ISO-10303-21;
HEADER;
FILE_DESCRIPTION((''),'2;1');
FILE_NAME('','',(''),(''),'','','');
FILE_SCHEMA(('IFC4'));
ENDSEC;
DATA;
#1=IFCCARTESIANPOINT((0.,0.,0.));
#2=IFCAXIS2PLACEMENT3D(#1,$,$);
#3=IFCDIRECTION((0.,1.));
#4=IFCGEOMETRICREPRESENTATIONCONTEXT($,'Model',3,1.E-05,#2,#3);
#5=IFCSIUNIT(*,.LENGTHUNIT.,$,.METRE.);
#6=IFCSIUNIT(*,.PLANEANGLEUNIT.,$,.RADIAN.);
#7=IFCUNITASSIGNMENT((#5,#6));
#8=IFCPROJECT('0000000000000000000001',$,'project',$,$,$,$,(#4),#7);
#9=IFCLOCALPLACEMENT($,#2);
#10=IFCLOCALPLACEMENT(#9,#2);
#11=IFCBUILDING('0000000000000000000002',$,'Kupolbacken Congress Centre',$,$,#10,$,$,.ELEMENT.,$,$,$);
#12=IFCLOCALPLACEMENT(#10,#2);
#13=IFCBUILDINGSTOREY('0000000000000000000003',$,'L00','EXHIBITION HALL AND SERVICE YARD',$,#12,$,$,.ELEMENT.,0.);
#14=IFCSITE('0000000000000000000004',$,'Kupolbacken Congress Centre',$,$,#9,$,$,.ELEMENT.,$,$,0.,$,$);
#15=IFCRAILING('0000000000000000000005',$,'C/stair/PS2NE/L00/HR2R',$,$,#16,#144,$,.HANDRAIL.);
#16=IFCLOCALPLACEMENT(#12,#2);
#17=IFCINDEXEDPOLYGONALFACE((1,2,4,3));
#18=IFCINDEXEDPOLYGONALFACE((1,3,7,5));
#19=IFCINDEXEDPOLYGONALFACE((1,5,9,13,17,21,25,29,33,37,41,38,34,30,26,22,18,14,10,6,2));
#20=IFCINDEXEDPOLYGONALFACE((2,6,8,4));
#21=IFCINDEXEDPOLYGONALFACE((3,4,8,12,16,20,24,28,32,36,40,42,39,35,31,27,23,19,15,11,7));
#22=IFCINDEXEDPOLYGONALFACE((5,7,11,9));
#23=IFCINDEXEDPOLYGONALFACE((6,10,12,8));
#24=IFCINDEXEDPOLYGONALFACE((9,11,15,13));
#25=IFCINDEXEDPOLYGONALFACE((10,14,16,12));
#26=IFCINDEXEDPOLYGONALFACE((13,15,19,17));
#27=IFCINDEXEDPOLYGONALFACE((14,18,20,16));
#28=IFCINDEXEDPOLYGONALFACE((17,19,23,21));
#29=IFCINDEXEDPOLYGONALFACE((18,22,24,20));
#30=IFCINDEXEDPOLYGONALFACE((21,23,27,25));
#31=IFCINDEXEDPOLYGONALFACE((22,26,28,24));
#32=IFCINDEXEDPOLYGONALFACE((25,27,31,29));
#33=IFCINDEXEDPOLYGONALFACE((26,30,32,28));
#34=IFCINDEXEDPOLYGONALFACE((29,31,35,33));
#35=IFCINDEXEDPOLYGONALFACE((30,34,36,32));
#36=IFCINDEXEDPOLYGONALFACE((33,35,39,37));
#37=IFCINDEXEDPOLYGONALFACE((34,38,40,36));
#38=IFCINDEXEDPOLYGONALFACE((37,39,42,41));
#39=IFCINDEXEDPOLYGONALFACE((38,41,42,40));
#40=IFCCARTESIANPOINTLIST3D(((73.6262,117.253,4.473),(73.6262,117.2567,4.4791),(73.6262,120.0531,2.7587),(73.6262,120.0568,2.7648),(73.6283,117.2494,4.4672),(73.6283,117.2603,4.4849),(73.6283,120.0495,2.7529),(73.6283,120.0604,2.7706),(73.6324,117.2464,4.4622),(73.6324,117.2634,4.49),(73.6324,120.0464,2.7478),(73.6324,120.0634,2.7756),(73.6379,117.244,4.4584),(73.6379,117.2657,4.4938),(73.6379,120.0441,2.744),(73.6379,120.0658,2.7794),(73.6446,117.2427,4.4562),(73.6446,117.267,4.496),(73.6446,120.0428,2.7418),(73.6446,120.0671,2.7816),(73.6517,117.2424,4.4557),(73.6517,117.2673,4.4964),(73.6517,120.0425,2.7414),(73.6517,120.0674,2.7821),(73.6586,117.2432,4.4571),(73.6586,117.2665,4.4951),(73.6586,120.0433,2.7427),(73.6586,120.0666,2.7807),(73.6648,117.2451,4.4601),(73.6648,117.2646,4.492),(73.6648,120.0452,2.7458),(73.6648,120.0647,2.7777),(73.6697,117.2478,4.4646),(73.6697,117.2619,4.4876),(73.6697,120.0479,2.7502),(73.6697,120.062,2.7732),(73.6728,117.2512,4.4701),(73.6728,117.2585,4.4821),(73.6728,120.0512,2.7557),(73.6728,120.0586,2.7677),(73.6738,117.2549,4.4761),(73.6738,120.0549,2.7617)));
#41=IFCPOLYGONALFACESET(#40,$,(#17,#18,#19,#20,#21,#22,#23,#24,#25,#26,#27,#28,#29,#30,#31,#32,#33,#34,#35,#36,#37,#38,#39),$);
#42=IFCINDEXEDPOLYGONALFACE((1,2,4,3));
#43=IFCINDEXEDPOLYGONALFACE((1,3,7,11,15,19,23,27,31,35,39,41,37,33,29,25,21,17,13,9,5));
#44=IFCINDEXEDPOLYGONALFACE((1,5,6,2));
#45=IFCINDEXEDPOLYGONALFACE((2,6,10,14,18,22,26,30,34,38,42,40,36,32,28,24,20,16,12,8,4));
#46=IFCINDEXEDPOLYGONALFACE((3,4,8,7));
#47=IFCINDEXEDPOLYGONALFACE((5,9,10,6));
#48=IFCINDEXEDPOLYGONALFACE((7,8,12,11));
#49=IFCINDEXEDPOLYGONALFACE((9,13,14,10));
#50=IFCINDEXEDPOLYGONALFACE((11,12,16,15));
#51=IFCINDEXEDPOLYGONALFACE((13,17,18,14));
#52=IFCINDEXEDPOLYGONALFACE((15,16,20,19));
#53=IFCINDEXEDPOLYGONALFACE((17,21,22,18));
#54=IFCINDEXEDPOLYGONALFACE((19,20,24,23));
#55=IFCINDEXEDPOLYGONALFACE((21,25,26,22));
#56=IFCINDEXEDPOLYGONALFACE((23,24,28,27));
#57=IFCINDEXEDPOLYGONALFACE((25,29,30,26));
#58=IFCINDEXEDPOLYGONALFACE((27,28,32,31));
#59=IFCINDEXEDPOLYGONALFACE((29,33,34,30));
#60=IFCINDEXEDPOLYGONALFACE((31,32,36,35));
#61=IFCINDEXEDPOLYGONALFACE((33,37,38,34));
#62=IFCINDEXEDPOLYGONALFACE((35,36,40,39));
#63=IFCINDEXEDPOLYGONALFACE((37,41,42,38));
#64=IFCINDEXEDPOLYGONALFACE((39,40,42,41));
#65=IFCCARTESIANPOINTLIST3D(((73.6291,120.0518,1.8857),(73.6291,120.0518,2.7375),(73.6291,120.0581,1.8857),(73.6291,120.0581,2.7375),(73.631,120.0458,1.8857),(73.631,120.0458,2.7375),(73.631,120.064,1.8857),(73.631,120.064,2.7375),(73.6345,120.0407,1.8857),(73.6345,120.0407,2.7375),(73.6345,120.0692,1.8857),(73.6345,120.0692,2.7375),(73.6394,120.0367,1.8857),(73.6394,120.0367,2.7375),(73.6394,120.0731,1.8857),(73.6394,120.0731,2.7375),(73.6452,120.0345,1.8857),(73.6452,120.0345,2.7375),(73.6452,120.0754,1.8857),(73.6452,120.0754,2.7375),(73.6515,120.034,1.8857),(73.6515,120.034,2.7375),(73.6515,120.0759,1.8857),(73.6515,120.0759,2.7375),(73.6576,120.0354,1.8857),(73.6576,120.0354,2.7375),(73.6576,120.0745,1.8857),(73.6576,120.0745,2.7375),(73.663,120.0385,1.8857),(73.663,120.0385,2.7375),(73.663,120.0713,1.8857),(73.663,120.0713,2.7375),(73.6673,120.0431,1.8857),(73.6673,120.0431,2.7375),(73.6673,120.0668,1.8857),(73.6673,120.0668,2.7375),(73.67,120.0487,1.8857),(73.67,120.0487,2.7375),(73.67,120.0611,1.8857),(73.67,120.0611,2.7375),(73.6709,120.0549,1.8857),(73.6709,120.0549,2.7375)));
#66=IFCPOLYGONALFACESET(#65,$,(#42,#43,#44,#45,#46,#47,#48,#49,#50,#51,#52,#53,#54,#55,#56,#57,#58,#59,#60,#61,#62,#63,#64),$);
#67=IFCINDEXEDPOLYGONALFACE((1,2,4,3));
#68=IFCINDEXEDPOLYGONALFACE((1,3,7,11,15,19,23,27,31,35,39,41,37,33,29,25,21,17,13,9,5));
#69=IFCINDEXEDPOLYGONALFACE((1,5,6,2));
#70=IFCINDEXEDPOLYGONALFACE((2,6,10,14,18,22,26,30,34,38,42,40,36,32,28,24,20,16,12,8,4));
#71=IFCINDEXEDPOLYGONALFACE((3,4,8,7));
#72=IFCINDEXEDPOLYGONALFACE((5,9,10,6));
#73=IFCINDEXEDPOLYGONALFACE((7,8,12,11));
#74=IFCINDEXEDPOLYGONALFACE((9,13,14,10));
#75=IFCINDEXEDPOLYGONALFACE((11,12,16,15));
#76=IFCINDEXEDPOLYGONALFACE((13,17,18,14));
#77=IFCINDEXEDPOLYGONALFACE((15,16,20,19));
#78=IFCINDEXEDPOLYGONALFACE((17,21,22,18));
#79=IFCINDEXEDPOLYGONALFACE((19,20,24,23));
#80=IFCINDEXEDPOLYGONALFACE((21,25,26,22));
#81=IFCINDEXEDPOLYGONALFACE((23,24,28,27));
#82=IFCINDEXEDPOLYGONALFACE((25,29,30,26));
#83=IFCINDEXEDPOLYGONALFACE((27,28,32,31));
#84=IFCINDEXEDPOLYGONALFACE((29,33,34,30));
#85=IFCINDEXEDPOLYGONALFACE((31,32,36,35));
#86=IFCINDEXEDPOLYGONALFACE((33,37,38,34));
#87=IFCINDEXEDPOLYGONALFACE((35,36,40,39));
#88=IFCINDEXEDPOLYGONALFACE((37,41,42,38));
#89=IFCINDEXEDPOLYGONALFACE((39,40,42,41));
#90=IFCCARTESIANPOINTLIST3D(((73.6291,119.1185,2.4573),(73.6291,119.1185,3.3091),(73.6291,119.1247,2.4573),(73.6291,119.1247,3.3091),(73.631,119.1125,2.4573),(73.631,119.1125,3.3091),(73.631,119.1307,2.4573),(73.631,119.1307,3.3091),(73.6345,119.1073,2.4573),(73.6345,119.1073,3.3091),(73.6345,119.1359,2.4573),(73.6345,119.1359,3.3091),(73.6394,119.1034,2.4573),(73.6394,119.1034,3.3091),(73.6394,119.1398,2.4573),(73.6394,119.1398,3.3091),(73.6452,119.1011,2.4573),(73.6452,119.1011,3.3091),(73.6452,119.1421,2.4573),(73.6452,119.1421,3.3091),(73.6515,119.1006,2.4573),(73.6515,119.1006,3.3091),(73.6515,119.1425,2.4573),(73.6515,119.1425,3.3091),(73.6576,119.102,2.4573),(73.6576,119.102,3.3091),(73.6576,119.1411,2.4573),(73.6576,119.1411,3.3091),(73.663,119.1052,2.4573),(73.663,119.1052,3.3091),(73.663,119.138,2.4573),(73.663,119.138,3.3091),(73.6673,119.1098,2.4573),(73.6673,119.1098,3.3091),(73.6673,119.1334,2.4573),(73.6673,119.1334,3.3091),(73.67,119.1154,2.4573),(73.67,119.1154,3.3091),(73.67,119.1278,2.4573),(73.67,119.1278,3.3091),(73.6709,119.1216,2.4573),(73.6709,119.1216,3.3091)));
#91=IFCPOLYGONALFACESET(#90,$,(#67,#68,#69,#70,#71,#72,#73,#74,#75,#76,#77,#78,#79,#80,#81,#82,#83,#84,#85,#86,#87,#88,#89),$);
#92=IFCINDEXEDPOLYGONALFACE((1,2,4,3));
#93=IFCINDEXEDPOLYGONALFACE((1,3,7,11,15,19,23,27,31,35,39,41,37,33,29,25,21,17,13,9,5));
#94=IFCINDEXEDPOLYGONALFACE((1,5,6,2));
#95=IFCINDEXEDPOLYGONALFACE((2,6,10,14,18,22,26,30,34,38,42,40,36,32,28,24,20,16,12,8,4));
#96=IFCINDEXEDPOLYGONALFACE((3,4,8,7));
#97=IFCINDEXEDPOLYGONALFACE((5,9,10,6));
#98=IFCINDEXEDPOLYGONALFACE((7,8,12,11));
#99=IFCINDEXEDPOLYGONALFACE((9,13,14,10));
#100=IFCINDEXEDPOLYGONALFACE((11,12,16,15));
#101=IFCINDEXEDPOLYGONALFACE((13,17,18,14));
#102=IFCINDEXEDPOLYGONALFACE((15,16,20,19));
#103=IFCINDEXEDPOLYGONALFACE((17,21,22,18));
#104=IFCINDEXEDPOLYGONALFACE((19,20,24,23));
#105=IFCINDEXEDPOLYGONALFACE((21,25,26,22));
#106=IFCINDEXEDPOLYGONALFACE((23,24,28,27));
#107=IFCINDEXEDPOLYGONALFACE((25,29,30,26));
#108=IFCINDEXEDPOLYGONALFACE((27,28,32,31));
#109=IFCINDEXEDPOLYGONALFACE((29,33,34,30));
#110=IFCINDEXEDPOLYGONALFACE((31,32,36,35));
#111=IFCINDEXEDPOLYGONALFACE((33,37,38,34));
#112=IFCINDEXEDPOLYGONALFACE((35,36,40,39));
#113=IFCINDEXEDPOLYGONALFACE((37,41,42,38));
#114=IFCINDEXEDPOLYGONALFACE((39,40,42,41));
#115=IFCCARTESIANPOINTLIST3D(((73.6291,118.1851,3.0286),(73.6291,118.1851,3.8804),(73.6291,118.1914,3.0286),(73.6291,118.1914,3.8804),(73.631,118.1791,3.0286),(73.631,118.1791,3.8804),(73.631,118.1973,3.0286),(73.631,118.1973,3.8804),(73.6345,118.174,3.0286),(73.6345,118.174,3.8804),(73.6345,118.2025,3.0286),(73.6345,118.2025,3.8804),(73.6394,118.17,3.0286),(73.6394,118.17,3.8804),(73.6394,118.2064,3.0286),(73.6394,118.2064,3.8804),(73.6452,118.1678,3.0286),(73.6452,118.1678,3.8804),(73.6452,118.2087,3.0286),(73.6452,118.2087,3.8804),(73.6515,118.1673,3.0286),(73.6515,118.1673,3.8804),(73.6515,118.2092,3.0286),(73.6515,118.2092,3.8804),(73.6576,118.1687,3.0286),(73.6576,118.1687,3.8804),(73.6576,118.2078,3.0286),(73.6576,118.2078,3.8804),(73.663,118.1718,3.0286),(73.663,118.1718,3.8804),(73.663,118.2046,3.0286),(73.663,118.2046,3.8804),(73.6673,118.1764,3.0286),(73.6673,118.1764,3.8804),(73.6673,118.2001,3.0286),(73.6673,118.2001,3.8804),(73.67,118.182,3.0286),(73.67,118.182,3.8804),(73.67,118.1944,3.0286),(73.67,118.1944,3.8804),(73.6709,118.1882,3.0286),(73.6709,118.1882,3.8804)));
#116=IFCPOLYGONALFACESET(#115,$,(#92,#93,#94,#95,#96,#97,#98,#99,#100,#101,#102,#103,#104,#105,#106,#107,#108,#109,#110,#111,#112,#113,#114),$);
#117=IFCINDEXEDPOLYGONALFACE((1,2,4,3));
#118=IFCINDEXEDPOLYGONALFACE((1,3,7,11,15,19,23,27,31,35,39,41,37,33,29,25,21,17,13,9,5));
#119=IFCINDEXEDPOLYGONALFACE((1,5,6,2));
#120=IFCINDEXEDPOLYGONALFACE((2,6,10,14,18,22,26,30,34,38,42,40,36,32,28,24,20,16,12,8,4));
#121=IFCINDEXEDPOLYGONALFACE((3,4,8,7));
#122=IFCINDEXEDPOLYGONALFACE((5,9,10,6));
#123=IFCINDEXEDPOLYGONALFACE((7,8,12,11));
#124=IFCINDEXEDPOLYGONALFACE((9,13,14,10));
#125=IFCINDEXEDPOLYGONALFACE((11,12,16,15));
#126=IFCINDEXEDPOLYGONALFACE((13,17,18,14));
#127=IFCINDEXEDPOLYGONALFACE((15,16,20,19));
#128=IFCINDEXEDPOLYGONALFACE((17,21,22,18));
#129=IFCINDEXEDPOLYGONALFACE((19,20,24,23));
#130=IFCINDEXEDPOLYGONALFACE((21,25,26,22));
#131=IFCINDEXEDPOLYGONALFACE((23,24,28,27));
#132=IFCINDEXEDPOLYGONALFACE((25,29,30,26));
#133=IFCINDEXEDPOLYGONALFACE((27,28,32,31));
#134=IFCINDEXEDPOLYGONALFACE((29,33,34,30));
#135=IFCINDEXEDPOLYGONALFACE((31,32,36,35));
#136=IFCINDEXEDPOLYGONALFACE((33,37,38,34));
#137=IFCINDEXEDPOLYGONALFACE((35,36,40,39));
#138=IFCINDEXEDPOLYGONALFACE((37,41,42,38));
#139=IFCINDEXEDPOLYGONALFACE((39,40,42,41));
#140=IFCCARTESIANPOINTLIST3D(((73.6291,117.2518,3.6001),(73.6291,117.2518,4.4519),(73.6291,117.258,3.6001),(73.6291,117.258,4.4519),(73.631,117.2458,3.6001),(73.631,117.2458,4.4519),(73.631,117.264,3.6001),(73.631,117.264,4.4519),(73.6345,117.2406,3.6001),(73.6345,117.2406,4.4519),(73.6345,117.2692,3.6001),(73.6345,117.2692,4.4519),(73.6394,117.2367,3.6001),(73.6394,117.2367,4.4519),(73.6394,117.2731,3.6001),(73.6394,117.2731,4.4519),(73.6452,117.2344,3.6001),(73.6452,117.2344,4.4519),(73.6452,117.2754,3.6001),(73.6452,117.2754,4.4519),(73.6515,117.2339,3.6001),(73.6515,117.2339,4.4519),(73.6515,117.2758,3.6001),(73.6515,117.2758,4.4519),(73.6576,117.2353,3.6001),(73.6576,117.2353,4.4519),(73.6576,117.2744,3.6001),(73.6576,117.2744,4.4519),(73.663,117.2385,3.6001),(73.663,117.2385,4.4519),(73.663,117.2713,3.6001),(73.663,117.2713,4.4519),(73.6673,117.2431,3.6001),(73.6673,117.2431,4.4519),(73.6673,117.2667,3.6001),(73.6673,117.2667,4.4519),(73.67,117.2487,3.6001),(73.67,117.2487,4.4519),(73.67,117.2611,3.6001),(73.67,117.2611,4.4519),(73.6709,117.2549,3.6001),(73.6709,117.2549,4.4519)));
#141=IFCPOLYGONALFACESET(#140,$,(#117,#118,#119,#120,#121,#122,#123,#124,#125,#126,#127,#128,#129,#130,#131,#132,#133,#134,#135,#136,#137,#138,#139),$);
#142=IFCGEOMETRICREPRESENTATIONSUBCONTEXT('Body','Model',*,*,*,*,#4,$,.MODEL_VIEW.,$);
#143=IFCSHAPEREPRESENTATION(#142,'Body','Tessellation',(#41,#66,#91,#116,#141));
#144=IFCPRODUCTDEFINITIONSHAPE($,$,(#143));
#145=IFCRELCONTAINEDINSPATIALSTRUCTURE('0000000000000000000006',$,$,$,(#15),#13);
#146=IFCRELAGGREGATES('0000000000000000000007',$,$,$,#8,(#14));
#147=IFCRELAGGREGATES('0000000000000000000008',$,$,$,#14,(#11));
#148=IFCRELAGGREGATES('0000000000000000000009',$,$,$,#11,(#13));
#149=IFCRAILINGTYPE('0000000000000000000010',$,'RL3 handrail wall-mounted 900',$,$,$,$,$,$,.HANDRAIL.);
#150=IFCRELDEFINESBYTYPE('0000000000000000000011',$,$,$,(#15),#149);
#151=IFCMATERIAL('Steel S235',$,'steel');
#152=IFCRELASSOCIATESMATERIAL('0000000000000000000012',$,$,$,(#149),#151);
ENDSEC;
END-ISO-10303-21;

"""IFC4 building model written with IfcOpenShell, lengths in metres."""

from ifc_helpers import new_model, si_unit, direction, frame, origin, origin_2d, place, context, subcontext, project, spatial, circle, extrude, material, type_object, element, save


model = new_model("IFC4")

# Units and contexts
model_context = context("Model", 3, precision=1e-05, world=origin(), true_north=direction((0.0, 1.0)))
body_context = subcontext(model_context, "Body", "Model", "MODEL_VIEW")
ifc_project = project(units=[si_unit("LENGTHUNIT", "METRE"), si_unit("PLANEANGLEUNIT", "RADIAN")], contexts=[model_context])

# Site, building, storey
site_placement = place(None, origin())
site = spatial("IfcSite", under=ifc_project, at=site_placement, Name="Kupolbacken Congress Centre", CompositionType="ELEMENT", RefElevation=0.0)
building_placement = place(site_placement, origin())
building = spatial("IfcBuilding", under=site, at=building_placement, Name="Kupolbacken Congress Centre", CompositionType="ELEMENT")
storey_placement = place(building_placement, origin())
storey = spatial("IfcBuildingStorey", under=building, at=storey_placement, Name="L00", Description="EXHIBITION HALL AND SERVICE YARD", CompositionType="ELEMENT", Elevation=0.0)

# Railing
ifc_material_1 = material(Name="Steel S235", Category="steel")
railing_type = type_object("IfcRailingType", Name="RL3 handrail wall-mounted 900", PredefinedType="HANDRAIL", material=ifc_material_1)
for number, where, name in (
    (1, (73.6499, 120.0549, 1.8857), "C/stair/PS2NE/L00/HR2R"),
):
    element("IfcRailing", number, at=place(storey_placement, frame(where)), inside=storey, type_object=railing_type, Name=name, PredefinedType="HANDRAIL", context=body_context, shape_type="SweptSolid", body=[
        extrude(circle(Radius=0.0239, at=origin_2d()), frame((0.0, 0.0, 0.876), z_axis=(0.0, -0.852846, 0.522163), x_axis=(1.0, 0.0, 0.0)), (0.0, 0.0, 1.0), 3.2832),
        extrude(circle(Radius=0.021, at=origin_2d()), origin(), (0.0, 0.0, 1.0), 0.8518),
        extrude(circle(Radius=0.021, at=origin_2d()), frame((0.0, -0.9333, 0.5715)), (0.0, 0.0, 1.0), 0.8518),
        extrude(circle(Radius=0.021, at=origin_2d()), frame((0.0, -1.8667, 1.1428)), (0.0, 0.0, 1.0), 0.8518),
        extrude(circle(Radius=0.021, at=origin_2d()), frame((0.0, -2.8, 1.7144)), (0.0, 0.0, 1.0), 0.8518),
    ])

save(model, "model.ifc")
